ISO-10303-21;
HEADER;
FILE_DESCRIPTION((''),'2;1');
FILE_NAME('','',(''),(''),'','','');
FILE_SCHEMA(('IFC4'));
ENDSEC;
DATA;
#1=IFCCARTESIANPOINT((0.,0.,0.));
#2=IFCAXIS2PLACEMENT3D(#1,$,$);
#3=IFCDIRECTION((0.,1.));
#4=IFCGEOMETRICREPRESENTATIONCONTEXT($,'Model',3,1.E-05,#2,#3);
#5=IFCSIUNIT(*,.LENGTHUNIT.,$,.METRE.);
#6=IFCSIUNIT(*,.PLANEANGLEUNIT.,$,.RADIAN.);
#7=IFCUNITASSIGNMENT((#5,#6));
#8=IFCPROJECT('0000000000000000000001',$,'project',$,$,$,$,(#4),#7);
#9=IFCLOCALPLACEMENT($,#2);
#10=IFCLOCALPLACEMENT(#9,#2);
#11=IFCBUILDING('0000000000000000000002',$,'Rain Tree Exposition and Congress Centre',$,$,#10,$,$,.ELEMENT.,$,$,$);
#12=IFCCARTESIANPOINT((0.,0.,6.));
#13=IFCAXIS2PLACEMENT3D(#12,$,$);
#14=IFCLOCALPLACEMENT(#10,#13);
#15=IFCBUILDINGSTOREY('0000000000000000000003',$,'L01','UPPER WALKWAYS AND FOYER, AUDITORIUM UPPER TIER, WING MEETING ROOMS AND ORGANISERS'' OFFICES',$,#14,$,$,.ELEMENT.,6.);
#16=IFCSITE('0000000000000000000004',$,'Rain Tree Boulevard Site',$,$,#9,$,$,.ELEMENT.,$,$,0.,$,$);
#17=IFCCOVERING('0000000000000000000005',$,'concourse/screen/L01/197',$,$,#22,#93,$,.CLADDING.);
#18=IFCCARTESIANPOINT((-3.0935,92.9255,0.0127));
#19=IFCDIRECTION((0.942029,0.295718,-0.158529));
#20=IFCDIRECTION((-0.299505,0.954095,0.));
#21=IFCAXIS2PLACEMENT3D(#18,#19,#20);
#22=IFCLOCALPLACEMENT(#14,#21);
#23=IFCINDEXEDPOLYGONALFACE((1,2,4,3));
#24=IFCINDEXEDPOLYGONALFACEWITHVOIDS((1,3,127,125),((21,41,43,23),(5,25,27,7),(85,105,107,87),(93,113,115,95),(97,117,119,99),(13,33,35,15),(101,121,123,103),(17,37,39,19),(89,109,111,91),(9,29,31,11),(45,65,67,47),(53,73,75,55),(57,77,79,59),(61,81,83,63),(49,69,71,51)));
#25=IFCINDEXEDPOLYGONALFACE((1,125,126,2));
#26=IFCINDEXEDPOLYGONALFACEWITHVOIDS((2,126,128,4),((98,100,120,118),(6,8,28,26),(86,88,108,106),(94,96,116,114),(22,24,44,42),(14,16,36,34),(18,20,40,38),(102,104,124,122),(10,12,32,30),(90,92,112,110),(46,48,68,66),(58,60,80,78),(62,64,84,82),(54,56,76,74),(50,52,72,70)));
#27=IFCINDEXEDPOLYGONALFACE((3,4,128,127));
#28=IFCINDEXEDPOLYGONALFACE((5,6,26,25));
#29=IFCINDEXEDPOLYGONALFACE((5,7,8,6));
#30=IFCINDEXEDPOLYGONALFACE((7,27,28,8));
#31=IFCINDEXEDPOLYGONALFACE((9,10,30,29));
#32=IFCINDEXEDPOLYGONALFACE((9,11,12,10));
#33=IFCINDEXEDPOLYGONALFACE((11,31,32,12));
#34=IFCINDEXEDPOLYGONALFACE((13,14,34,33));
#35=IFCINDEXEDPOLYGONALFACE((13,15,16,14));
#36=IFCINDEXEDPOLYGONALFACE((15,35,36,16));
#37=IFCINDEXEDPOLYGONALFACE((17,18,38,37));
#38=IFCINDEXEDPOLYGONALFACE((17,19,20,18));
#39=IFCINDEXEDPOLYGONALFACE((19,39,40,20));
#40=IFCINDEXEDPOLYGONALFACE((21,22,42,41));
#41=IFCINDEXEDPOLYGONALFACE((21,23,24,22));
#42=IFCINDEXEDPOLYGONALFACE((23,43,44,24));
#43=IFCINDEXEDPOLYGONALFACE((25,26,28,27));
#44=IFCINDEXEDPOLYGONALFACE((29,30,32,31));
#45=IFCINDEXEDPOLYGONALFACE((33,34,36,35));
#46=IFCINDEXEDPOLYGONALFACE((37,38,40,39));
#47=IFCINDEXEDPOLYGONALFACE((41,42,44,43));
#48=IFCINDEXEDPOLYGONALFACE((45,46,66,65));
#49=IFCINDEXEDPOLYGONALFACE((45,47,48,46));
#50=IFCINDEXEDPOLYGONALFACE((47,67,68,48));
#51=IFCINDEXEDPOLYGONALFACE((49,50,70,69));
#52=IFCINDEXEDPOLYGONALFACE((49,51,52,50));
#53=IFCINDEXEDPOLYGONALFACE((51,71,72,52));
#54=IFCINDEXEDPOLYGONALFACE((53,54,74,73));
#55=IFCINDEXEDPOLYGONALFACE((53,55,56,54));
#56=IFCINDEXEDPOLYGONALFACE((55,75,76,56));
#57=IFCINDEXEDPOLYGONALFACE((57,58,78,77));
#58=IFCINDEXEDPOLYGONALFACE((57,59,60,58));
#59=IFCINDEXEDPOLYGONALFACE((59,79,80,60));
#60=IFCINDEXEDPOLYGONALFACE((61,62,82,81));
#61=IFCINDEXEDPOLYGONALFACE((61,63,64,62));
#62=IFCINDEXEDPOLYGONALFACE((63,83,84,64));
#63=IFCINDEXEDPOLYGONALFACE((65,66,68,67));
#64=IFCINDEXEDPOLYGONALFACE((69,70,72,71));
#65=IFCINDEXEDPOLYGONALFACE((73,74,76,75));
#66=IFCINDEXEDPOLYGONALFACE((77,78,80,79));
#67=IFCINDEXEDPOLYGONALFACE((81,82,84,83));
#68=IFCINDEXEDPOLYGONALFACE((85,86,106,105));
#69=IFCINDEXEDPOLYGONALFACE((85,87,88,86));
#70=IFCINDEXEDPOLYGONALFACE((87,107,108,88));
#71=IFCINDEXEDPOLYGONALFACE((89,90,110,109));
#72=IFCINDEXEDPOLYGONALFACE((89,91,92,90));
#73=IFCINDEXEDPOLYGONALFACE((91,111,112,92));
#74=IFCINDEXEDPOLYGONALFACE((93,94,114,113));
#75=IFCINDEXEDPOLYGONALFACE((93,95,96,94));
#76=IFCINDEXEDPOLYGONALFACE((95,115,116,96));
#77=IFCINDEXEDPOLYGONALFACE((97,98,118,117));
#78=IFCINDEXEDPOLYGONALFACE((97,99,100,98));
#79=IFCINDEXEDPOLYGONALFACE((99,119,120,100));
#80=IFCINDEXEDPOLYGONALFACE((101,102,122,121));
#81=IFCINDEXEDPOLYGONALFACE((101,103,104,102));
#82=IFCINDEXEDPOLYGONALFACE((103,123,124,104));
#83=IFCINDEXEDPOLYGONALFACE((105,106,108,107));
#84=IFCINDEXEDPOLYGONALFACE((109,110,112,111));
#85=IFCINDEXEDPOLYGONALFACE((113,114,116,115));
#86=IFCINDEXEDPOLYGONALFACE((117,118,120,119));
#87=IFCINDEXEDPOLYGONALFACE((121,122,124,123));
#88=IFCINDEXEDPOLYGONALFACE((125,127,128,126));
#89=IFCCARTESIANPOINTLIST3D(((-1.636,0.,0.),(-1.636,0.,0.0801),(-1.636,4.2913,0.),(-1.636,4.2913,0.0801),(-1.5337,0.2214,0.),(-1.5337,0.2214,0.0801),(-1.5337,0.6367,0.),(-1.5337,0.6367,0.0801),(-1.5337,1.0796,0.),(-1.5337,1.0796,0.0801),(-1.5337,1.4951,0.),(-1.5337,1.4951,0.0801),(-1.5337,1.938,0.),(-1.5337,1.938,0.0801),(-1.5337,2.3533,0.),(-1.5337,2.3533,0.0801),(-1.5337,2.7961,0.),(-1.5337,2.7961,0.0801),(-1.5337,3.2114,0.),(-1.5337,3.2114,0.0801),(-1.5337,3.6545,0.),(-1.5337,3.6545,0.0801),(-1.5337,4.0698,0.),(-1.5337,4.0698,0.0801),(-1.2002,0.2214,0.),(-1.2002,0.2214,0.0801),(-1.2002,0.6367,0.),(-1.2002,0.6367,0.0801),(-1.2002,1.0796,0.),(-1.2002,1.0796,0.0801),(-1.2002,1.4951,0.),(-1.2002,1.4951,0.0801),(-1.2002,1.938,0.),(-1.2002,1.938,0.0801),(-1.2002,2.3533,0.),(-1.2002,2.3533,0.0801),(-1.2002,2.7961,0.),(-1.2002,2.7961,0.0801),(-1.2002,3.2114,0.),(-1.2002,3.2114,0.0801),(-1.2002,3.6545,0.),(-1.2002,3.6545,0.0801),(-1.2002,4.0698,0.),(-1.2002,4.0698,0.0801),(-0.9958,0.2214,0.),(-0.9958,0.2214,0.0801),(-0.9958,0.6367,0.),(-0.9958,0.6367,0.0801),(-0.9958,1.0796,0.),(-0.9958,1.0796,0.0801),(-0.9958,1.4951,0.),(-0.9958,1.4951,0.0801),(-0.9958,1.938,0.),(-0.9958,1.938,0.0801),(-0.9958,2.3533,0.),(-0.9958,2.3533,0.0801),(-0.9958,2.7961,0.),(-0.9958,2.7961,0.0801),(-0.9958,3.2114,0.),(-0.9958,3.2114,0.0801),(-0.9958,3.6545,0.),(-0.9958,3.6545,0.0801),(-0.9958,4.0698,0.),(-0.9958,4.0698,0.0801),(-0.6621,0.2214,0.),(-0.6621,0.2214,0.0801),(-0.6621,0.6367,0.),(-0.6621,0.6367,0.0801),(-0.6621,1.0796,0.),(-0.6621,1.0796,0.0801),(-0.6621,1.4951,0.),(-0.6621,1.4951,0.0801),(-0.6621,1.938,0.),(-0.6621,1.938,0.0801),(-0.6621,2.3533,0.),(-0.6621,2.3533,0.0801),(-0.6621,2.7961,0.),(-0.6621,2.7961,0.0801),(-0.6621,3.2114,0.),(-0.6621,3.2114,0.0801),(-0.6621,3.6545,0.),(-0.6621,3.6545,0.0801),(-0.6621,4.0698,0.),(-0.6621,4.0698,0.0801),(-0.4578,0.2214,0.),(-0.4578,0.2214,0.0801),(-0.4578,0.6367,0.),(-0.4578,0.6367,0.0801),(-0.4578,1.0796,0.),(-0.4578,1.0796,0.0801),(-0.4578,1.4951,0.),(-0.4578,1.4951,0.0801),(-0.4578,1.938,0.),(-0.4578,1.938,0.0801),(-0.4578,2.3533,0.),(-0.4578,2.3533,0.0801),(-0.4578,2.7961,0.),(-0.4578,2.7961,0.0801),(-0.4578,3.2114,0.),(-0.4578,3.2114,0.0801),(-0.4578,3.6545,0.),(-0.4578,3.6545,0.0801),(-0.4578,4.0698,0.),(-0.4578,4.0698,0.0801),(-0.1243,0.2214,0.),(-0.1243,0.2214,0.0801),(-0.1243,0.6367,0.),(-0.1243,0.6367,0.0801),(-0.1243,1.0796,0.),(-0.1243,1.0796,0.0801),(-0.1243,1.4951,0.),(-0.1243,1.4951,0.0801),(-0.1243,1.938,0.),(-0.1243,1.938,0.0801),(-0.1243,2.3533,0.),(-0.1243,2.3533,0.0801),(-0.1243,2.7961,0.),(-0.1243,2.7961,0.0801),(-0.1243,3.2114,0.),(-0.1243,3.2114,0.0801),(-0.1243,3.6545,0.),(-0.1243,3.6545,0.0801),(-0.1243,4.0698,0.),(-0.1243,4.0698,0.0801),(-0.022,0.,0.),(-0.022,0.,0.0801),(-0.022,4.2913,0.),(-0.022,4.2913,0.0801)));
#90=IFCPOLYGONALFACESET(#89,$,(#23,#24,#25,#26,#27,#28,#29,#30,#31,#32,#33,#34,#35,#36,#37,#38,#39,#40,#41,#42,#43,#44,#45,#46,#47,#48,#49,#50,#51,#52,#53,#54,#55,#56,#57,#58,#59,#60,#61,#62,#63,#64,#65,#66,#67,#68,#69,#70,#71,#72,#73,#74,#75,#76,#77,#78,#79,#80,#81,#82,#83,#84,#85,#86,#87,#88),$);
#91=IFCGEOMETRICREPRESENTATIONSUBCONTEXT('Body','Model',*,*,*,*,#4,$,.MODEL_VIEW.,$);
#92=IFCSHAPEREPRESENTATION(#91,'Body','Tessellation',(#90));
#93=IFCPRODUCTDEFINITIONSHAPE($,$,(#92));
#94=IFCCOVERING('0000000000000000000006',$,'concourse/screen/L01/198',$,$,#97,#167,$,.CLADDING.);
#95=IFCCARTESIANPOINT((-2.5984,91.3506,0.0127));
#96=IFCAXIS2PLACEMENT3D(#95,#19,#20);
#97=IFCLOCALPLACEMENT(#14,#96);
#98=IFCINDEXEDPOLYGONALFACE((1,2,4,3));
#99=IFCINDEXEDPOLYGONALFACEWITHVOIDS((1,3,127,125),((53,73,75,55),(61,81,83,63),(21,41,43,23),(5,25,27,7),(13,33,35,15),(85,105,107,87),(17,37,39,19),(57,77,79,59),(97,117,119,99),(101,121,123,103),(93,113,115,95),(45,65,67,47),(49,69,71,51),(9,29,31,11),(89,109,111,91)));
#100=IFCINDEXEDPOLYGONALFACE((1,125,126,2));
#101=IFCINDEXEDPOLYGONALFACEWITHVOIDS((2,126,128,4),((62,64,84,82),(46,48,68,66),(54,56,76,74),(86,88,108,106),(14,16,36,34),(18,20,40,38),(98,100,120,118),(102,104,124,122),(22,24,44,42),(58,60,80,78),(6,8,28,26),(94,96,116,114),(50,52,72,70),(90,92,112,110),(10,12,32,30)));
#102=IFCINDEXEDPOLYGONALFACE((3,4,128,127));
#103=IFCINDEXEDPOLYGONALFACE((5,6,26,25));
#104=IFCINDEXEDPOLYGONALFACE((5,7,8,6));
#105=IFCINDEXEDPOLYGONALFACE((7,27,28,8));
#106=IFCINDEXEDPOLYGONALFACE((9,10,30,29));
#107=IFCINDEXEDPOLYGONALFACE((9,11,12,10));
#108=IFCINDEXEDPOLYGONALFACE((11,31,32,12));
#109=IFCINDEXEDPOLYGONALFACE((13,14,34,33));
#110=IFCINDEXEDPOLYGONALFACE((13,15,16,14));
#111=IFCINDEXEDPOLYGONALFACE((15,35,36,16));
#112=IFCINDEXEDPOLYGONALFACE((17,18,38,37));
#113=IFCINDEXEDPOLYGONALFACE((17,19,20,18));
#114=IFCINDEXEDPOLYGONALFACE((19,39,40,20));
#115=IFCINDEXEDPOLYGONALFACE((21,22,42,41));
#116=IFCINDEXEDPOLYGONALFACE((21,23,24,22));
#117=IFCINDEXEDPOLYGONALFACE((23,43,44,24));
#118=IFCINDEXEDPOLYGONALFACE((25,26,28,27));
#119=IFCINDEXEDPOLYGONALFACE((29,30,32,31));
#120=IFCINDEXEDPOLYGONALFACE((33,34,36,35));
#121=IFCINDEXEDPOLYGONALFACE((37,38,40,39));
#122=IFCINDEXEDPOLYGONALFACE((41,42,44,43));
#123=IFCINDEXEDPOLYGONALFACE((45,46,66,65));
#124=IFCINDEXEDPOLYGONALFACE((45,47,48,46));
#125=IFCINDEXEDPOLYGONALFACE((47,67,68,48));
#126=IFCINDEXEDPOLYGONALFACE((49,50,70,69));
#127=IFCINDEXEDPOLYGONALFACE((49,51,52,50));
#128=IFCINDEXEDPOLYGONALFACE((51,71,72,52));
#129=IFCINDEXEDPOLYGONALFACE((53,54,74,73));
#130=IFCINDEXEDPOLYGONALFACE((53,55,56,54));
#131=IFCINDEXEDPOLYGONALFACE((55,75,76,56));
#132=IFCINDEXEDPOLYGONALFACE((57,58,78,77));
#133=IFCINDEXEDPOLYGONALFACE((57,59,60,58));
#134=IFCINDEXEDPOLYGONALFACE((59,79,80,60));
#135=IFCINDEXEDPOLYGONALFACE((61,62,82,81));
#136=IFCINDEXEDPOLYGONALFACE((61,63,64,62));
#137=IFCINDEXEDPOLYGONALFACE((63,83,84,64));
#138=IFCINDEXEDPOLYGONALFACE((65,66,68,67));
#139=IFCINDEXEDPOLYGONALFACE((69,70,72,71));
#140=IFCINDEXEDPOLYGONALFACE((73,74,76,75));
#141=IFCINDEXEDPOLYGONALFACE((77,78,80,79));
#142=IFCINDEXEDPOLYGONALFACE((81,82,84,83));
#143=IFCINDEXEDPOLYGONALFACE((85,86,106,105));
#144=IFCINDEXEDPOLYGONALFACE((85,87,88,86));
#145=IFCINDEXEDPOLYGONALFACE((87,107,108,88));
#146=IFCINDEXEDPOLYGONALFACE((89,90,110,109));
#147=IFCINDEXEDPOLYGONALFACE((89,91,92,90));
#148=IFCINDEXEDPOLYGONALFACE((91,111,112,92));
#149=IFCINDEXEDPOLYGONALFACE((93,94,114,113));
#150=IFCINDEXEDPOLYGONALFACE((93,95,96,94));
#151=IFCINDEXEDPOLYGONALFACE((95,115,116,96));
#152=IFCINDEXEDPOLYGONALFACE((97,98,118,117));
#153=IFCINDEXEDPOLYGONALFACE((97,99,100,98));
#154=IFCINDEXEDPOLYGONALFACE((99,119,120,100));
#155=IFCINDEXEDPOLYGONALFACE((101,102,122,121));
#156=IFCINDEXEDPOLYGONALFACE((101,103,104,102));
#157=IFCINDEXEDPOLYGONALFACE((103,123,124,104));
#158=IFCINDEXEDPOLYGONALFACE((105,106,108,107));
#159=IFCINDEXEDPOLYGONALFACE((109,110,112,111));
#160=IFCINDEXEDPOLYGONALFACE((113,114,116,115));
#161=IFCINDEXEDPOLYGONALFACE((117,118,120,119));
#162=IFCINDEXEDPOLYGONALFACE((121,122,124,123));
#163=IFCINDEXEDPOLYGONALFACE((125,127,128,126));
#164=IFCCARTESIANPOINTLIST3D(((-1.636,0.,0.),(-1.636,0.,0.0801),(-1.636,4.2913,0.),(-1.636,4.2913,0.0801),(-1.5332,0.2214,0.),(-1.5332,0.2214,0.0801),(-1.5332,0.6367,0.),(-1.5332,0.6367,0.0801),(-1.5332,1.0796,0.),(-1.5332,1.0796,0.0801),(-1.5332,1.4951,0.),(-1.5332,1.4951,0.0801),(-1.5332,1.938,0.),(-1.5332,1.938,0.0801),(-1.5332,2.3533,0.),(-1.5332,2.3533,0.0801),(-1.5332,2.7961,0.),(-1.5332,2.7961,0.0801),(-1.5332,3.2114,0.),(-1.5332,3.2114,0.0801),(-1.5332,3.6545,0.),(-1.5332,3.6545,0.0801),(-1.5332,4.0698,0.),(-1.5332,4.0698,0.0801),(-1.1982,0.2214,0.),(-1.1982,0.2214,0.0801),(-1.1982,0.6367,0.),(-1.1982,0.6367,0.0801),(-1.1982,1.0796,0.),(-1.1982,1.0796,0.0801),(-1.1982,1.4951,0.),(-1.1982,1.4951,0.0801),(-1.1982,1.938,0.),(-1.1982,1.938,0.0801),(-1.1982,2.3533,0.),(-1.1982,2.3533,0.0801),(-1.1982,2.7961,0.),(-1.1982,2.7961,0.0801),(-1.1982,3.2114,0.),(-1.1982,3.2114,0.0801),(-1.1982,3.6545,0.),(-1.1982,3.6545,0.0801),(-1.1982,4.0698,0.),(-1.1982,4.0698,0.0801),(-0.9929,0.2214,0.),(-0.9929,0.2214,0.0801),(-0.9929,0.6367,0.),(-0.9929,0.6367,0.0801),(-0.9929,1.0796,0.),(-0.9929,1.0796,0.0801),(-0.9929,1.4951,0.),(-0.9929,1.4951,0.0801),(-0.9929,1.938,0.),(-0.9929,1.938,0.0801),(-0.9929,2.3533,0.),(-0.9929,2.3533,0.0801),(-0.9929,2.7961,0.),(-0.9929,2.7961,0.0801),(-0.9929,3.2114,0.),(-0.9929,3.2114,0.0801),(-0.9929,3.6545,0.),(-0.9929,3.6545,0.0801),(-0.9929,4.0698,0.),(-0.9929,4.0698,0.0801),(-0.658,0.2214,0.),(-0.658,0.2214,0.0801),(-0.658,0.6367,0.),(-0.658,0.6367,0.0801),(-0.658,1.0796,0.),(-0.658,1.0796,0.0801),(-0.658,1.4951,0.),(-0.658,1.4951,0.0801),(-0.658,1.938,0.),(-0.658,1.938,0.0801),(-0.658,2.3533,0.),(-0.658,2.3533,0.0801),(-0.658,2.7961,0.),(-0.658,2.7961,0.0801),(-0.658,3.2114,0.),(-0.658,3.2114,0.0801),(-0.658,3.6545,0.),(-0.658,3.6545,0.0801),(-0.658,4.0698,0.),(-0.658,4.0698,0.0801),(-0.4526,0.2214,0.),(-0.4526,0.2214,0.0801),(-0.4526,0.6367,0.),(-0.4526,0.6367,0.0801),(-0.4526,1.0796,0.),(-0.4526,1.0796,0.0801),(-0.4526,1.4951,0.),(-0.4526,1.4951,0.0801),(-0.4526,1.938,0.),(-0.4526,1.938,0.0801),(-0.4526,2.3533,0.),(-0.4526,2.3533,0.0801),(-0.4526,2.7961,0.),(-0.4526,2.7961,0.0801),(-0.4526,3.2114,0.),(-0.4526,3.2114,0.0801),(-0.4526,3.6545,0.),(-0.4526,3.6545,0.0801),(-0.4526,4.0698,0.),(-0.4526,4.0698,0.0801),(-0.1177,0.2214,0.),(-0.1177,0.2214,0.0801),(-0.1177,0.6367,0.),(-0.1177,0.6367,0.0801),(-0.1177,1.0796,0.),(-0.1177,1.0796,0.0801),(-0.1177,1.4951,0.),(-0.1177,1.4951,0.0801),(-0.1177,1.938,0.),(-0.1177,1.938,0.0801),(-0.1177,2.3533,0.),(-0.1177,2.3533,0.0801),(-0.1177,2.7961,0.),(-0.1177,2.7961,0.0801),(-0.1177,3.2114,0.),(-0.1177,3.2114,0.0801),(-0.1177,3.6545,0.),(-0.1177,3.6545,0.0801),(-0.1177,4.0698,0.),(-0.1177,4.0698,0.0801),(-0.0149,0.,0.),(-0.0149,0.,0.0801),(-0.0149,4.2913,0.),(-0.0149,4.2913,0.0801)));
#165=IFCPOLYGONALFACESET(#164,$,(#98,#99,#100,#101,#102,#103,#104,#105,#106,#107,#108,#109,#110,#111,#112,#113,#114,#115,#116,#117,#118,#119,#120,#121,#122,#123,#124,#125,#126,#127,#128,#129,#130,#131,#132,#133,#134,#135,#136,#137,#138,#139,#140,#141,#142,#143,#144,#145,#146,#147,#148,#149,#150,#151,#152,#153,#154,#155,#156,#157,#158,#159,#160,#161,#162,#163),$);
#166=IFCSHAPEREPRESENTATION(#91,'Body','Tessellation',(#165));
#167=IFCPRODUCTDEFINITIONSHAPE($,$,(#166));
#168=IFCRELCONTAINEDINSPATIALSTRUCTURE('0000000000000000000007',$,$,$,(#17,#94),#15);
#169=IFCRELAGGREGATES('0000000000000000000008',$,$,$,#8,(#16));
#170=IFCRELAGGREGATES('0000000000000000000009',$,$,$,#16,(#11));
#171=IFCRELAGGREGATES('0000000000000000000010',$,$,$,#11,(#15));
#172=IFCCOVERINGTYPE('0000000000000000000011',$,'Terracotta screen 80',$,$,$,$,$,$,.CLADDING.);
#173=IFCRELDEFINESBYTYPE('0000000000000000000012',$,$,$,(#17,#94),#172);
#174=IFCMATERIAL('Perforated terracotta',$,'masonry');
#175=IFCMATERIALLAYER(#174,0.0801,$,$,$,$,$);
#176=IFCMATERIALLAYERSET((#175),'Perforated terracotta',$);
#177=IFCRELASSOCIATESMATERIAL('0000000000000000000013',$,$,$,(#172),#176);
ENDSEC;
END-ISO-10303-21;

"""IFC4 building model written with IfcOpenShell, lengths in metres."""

from ifc_helpers import new_model, si_unit, direction, frame, origin, place, context, subcontext, project, spatial, polyline, outline, extrude, material, layer, layer_set, type_object, element, save


model = new_model("IFC4")

# Units and contexts
model_context = context("Model", 3, precision=1e-05, world=origin(), true_north=direction((0.0, 1.0)))
body_context = subcontext(model_context, "Body", "Model", "MODEL_VIEW")
ifc_project = project(units=[si_unit("LENGTHUNIT", "METRE"), si_unit("PLANEANGLEUNIT", "RADIAN")], contexts=[model_context])

# Site, building, storey
site_placement = place(None, origin())
site = spatial("IfcSite", under=ifc_project, at=site_placement, Name="Rain Tree Boulevard Site", CompositionType="ELEMENT", RefElevation=0.0)
building_placement = place(site_placement, origin())
building = spatial("IfcBuilding", under=site, at=building_placement, Name="Rain Tree Exposition and Congress Centre", CompositionType="ELEMENT")
storey_placement = place(building_placement, frame((0.0, 0.0, 6.0)))
storey = spatial("IfcBuildingStorey", under=building, at=storey_placement, Name="L01", Description="UPPER WALKWAYS AND FOYER, AUDITORIUM UPPER TIER, WING MEETING ROOMS AND ORGANISERS' OFFICES", CompositionType="ELEMENT", Elevation=6.0)

# Coverings
ifc_material_1 = material(Name="Perforated terracotta", Category="masonry")
ifc_layer_1 = layer(ifc_material_1, 0.0801)
ifc_layer_set_1 = layer_set([ifc_layer_1], Name="Perforated terracotta")
covering_type = type_object("IfcCoveringType", Name="Terracotta screen 80", PredefinedType="CLADDING", material=ifc_layer_set_1)
covering_1_placement = place(storey_placement, frame((-3.0935, 92.9255, 0.0127), z_axis=(0.942029, 0.295718, -0.158529), x_axis=(-0.299505, 0.954095, 0.0)))
element("IfcCovering", 1, at=covering_1_placement, inside=storey, type_object=covering_type, Name="concourse/screen/L01/197", PredefinedType="CLADDING", context=body_context, shape_type="SweptSolid", body=[
    extrude(outline(polyline([(-1.636, 0.0), (-1.636, 4.2913), (-0.022, 4.2913), (-0.022, 0.0), (-1.636, 0.0)]), holes=[polyline([(-0.1243, 0.2214), (-0.1243, 0.6367), (-0.4578, 0.6367), (-0.4578, 0.2214), (-0.1243, 0.2214)]), polyline([(-0.1243, 1.0796), (-0.1243, 1.4951), (-0.4578, 1.4951), (-0.4578, 1.0796), (-0.1243, 1.0796)]), polyline([(-0.1243, 1.938), (-0.1243, 2.3533), (-0.4578, 2.3533), (-0.4578, 1.938), (-0.1243, 1.938)]), polyline([(-0.1243, 2.7961), (-0.1243, 3.2114), (-0.4578, 3.2114), (-0.4578, 2.7961), (-0.1243, 2.7961)]), polyline([(-0.1243, 3.6545), (-0.1243, 4.0698), (-0.4578, 4.0698), (-0.4578, 3.6545), (-0.1243, 3.6545)]), polyline([(-0.6621, 0.2214), (-0.6621, 0.6367), (-0.9958, 0.6367), (-0.9958, 0.2214), (-0.6621, 0.2214)]), polyline([(-0.6621, 1.0796), (-0.6621, 1.4951), (-0.9958, 1.4951), (-0.9958, 1.0796), (-0.6621, 1.0796)]), polyline([(-0.6621, 1.938), (-0.6621, 2.3533), (-0.9958, 2.3533), (-0.9958, 1.938), (-0.6621, 1.938)]), polyline([(-0.6621, 2.7961), (-0.6621, 3.2114), (-0.9958, 3.2114), (-0.9958, 2.7961), (-0.6621, 2.7961)]), polyline([(-0.6621, 3.6545), (-0.6621, 4.0698), (-0.9958, 4.0698), (-0.9958, 3.6545), (-0.6621, 3.6545)]), polyline([(-1.2002, 0.2214), (-1.2002, 0.6367), (-1.5337, 0.6367), (-1.5337, 0.2214), (-1.2002, 0.2214)]), polyline([(-1.2002, 1.0796), (-1.2002, 1.4951), (-1.5337, 1.4951), (-1.5337, 1.0796), (-1.2002, 1.0796)]), polyline([(-1.2002, 1.938), (-1.2002, 2.3533), (-1.5337, 2.3533), (-1.5337, 1.938), (-1.2002, 1.938)]), polyline([(-1.2002, 2.7961), (-1.2002, 3.2114), (-1.5337, 3.2114), (-1.5337, 2.7961), (-1.2002, 2.7961)]), polyline([(-1.2002, 3.6545), (-1.2002, 4.0698), (-1.5337, 4.0698), (-1.5337, 3.6545), (-1.2002, 3.6545)])]), origin(), (0.0, 0.0, 1.0), 0.0801),
])
covering_2_placement = place(storey_placement, frame((-2.5984, 91.3506, 0.0127), z_axis=(0.942029, 0.295718, -0.158529), x_axis=(-0.299505, 0.954095, 0.0)))
element("IfcCovering", 2, at=covering_2_placement, inside=storey, type_object=covering_type, Name="concourse/screen/L01/198", PredefinedType="CLADDING", context=body_context, shape_type="SweptSolid", body=[
    extrude(outline(polyline([(-1.636, 0.0), (-1.636, 4.2913), (-0.0149, 4.2913), (-0.0149, 0.0), (-1.636, 0.0)]), holes=[polyline([(-0.1177, 0.2214), (-0.1177, 0.6367), (-0.4526, 0.6367), (-0.4526, 0.2214), (-0.1177, 0.2214)]), polyline([(-0.1177, 1.0796), (-0.1177, 1.4951), (-0.4526, 1.4951), (-0.4526, 1.0796), (-0.1177, 1.0796)]), polyline([(-0.1177, 1.938), (-0.1177, 2.3533), (-0.4526, 2.3533), (-0.4526, 1.938), (-0.1177, 1.938)]), polyline([(-0.1177, 2.7961), (-0.1177, 3.2114), (-0.4526, 3.2114), (-0.4526, 2.7961), (-0.1177, 2.7961)]), polyline([(-0.1177, 3.6545), (-0.1177, 4.0698), (-0.4526, 4.0698), (-0.4526, 3.6545), (-0.1177, 3.6545)]), polyline([(-0.658, 0.2214), (-0.658, 0.6367), (-0.9929, 0.6367), (-0.9929, 0.2214), (-0.658, 0.2214)]), polyline([(-0.658, 1.0796), (-0.658, 1.4951), (-0.9929, 1.4951), (-0.9929, 1.0796), (-0.658, 1.0796)]), polyline([(-0.658, 1.938), (-0.658, 2.3533), (-0.9929, 2.3533), (-0.9929, 1.938), (-0.658, 1.938)]), polyline([(-0.658, 2.7961), (-0.658, 3.2114), (-0.9929, 3.2114), (-0.9929, 2.7961), (-0.658, 2.7961)]), polyline([(-0.658, 3.6545), (-0.658, 4.0698), (-0.9929, 4.0698), (-0.9929, 3.6545), (-0.658, 3.6545)]), polyline([(-1.1982, 0.2214), (-1.1982, 0.6367), (-1.5332, 0.6367), (-1.5332, 0.2214), (-1.1982, 0.2214)]), polyline([(-1.1982, 1.0796), (-1.1982, 1.4951), (-1.5332, 1.4951), (-1.5332, 1.0796), (-1.1982, 1.0796)]), polyline([(-1.1982, 1.938), (-1.1982, 2.3533), (-1.5332, 2.3533), (-1.5332, 1.938), (-1.1982, 1.938)]), polyline([(-1.1982, 2.7961), (-1.1982, 3.2114), (-1.5332, 3.2114), (-1.5332, 2.7961), (-1.1982, 2.7961)]), polyline([(-1.1982, 3.6545), (-1.1982, 4.0698), (-1.5332, 4.0698), (-1.5332, 3.6545), (-1.1982, 3.6545)])]), origin(), (0.0, 0.0, 1.0), 0.0801),
])

save(model, "model.ifc")
